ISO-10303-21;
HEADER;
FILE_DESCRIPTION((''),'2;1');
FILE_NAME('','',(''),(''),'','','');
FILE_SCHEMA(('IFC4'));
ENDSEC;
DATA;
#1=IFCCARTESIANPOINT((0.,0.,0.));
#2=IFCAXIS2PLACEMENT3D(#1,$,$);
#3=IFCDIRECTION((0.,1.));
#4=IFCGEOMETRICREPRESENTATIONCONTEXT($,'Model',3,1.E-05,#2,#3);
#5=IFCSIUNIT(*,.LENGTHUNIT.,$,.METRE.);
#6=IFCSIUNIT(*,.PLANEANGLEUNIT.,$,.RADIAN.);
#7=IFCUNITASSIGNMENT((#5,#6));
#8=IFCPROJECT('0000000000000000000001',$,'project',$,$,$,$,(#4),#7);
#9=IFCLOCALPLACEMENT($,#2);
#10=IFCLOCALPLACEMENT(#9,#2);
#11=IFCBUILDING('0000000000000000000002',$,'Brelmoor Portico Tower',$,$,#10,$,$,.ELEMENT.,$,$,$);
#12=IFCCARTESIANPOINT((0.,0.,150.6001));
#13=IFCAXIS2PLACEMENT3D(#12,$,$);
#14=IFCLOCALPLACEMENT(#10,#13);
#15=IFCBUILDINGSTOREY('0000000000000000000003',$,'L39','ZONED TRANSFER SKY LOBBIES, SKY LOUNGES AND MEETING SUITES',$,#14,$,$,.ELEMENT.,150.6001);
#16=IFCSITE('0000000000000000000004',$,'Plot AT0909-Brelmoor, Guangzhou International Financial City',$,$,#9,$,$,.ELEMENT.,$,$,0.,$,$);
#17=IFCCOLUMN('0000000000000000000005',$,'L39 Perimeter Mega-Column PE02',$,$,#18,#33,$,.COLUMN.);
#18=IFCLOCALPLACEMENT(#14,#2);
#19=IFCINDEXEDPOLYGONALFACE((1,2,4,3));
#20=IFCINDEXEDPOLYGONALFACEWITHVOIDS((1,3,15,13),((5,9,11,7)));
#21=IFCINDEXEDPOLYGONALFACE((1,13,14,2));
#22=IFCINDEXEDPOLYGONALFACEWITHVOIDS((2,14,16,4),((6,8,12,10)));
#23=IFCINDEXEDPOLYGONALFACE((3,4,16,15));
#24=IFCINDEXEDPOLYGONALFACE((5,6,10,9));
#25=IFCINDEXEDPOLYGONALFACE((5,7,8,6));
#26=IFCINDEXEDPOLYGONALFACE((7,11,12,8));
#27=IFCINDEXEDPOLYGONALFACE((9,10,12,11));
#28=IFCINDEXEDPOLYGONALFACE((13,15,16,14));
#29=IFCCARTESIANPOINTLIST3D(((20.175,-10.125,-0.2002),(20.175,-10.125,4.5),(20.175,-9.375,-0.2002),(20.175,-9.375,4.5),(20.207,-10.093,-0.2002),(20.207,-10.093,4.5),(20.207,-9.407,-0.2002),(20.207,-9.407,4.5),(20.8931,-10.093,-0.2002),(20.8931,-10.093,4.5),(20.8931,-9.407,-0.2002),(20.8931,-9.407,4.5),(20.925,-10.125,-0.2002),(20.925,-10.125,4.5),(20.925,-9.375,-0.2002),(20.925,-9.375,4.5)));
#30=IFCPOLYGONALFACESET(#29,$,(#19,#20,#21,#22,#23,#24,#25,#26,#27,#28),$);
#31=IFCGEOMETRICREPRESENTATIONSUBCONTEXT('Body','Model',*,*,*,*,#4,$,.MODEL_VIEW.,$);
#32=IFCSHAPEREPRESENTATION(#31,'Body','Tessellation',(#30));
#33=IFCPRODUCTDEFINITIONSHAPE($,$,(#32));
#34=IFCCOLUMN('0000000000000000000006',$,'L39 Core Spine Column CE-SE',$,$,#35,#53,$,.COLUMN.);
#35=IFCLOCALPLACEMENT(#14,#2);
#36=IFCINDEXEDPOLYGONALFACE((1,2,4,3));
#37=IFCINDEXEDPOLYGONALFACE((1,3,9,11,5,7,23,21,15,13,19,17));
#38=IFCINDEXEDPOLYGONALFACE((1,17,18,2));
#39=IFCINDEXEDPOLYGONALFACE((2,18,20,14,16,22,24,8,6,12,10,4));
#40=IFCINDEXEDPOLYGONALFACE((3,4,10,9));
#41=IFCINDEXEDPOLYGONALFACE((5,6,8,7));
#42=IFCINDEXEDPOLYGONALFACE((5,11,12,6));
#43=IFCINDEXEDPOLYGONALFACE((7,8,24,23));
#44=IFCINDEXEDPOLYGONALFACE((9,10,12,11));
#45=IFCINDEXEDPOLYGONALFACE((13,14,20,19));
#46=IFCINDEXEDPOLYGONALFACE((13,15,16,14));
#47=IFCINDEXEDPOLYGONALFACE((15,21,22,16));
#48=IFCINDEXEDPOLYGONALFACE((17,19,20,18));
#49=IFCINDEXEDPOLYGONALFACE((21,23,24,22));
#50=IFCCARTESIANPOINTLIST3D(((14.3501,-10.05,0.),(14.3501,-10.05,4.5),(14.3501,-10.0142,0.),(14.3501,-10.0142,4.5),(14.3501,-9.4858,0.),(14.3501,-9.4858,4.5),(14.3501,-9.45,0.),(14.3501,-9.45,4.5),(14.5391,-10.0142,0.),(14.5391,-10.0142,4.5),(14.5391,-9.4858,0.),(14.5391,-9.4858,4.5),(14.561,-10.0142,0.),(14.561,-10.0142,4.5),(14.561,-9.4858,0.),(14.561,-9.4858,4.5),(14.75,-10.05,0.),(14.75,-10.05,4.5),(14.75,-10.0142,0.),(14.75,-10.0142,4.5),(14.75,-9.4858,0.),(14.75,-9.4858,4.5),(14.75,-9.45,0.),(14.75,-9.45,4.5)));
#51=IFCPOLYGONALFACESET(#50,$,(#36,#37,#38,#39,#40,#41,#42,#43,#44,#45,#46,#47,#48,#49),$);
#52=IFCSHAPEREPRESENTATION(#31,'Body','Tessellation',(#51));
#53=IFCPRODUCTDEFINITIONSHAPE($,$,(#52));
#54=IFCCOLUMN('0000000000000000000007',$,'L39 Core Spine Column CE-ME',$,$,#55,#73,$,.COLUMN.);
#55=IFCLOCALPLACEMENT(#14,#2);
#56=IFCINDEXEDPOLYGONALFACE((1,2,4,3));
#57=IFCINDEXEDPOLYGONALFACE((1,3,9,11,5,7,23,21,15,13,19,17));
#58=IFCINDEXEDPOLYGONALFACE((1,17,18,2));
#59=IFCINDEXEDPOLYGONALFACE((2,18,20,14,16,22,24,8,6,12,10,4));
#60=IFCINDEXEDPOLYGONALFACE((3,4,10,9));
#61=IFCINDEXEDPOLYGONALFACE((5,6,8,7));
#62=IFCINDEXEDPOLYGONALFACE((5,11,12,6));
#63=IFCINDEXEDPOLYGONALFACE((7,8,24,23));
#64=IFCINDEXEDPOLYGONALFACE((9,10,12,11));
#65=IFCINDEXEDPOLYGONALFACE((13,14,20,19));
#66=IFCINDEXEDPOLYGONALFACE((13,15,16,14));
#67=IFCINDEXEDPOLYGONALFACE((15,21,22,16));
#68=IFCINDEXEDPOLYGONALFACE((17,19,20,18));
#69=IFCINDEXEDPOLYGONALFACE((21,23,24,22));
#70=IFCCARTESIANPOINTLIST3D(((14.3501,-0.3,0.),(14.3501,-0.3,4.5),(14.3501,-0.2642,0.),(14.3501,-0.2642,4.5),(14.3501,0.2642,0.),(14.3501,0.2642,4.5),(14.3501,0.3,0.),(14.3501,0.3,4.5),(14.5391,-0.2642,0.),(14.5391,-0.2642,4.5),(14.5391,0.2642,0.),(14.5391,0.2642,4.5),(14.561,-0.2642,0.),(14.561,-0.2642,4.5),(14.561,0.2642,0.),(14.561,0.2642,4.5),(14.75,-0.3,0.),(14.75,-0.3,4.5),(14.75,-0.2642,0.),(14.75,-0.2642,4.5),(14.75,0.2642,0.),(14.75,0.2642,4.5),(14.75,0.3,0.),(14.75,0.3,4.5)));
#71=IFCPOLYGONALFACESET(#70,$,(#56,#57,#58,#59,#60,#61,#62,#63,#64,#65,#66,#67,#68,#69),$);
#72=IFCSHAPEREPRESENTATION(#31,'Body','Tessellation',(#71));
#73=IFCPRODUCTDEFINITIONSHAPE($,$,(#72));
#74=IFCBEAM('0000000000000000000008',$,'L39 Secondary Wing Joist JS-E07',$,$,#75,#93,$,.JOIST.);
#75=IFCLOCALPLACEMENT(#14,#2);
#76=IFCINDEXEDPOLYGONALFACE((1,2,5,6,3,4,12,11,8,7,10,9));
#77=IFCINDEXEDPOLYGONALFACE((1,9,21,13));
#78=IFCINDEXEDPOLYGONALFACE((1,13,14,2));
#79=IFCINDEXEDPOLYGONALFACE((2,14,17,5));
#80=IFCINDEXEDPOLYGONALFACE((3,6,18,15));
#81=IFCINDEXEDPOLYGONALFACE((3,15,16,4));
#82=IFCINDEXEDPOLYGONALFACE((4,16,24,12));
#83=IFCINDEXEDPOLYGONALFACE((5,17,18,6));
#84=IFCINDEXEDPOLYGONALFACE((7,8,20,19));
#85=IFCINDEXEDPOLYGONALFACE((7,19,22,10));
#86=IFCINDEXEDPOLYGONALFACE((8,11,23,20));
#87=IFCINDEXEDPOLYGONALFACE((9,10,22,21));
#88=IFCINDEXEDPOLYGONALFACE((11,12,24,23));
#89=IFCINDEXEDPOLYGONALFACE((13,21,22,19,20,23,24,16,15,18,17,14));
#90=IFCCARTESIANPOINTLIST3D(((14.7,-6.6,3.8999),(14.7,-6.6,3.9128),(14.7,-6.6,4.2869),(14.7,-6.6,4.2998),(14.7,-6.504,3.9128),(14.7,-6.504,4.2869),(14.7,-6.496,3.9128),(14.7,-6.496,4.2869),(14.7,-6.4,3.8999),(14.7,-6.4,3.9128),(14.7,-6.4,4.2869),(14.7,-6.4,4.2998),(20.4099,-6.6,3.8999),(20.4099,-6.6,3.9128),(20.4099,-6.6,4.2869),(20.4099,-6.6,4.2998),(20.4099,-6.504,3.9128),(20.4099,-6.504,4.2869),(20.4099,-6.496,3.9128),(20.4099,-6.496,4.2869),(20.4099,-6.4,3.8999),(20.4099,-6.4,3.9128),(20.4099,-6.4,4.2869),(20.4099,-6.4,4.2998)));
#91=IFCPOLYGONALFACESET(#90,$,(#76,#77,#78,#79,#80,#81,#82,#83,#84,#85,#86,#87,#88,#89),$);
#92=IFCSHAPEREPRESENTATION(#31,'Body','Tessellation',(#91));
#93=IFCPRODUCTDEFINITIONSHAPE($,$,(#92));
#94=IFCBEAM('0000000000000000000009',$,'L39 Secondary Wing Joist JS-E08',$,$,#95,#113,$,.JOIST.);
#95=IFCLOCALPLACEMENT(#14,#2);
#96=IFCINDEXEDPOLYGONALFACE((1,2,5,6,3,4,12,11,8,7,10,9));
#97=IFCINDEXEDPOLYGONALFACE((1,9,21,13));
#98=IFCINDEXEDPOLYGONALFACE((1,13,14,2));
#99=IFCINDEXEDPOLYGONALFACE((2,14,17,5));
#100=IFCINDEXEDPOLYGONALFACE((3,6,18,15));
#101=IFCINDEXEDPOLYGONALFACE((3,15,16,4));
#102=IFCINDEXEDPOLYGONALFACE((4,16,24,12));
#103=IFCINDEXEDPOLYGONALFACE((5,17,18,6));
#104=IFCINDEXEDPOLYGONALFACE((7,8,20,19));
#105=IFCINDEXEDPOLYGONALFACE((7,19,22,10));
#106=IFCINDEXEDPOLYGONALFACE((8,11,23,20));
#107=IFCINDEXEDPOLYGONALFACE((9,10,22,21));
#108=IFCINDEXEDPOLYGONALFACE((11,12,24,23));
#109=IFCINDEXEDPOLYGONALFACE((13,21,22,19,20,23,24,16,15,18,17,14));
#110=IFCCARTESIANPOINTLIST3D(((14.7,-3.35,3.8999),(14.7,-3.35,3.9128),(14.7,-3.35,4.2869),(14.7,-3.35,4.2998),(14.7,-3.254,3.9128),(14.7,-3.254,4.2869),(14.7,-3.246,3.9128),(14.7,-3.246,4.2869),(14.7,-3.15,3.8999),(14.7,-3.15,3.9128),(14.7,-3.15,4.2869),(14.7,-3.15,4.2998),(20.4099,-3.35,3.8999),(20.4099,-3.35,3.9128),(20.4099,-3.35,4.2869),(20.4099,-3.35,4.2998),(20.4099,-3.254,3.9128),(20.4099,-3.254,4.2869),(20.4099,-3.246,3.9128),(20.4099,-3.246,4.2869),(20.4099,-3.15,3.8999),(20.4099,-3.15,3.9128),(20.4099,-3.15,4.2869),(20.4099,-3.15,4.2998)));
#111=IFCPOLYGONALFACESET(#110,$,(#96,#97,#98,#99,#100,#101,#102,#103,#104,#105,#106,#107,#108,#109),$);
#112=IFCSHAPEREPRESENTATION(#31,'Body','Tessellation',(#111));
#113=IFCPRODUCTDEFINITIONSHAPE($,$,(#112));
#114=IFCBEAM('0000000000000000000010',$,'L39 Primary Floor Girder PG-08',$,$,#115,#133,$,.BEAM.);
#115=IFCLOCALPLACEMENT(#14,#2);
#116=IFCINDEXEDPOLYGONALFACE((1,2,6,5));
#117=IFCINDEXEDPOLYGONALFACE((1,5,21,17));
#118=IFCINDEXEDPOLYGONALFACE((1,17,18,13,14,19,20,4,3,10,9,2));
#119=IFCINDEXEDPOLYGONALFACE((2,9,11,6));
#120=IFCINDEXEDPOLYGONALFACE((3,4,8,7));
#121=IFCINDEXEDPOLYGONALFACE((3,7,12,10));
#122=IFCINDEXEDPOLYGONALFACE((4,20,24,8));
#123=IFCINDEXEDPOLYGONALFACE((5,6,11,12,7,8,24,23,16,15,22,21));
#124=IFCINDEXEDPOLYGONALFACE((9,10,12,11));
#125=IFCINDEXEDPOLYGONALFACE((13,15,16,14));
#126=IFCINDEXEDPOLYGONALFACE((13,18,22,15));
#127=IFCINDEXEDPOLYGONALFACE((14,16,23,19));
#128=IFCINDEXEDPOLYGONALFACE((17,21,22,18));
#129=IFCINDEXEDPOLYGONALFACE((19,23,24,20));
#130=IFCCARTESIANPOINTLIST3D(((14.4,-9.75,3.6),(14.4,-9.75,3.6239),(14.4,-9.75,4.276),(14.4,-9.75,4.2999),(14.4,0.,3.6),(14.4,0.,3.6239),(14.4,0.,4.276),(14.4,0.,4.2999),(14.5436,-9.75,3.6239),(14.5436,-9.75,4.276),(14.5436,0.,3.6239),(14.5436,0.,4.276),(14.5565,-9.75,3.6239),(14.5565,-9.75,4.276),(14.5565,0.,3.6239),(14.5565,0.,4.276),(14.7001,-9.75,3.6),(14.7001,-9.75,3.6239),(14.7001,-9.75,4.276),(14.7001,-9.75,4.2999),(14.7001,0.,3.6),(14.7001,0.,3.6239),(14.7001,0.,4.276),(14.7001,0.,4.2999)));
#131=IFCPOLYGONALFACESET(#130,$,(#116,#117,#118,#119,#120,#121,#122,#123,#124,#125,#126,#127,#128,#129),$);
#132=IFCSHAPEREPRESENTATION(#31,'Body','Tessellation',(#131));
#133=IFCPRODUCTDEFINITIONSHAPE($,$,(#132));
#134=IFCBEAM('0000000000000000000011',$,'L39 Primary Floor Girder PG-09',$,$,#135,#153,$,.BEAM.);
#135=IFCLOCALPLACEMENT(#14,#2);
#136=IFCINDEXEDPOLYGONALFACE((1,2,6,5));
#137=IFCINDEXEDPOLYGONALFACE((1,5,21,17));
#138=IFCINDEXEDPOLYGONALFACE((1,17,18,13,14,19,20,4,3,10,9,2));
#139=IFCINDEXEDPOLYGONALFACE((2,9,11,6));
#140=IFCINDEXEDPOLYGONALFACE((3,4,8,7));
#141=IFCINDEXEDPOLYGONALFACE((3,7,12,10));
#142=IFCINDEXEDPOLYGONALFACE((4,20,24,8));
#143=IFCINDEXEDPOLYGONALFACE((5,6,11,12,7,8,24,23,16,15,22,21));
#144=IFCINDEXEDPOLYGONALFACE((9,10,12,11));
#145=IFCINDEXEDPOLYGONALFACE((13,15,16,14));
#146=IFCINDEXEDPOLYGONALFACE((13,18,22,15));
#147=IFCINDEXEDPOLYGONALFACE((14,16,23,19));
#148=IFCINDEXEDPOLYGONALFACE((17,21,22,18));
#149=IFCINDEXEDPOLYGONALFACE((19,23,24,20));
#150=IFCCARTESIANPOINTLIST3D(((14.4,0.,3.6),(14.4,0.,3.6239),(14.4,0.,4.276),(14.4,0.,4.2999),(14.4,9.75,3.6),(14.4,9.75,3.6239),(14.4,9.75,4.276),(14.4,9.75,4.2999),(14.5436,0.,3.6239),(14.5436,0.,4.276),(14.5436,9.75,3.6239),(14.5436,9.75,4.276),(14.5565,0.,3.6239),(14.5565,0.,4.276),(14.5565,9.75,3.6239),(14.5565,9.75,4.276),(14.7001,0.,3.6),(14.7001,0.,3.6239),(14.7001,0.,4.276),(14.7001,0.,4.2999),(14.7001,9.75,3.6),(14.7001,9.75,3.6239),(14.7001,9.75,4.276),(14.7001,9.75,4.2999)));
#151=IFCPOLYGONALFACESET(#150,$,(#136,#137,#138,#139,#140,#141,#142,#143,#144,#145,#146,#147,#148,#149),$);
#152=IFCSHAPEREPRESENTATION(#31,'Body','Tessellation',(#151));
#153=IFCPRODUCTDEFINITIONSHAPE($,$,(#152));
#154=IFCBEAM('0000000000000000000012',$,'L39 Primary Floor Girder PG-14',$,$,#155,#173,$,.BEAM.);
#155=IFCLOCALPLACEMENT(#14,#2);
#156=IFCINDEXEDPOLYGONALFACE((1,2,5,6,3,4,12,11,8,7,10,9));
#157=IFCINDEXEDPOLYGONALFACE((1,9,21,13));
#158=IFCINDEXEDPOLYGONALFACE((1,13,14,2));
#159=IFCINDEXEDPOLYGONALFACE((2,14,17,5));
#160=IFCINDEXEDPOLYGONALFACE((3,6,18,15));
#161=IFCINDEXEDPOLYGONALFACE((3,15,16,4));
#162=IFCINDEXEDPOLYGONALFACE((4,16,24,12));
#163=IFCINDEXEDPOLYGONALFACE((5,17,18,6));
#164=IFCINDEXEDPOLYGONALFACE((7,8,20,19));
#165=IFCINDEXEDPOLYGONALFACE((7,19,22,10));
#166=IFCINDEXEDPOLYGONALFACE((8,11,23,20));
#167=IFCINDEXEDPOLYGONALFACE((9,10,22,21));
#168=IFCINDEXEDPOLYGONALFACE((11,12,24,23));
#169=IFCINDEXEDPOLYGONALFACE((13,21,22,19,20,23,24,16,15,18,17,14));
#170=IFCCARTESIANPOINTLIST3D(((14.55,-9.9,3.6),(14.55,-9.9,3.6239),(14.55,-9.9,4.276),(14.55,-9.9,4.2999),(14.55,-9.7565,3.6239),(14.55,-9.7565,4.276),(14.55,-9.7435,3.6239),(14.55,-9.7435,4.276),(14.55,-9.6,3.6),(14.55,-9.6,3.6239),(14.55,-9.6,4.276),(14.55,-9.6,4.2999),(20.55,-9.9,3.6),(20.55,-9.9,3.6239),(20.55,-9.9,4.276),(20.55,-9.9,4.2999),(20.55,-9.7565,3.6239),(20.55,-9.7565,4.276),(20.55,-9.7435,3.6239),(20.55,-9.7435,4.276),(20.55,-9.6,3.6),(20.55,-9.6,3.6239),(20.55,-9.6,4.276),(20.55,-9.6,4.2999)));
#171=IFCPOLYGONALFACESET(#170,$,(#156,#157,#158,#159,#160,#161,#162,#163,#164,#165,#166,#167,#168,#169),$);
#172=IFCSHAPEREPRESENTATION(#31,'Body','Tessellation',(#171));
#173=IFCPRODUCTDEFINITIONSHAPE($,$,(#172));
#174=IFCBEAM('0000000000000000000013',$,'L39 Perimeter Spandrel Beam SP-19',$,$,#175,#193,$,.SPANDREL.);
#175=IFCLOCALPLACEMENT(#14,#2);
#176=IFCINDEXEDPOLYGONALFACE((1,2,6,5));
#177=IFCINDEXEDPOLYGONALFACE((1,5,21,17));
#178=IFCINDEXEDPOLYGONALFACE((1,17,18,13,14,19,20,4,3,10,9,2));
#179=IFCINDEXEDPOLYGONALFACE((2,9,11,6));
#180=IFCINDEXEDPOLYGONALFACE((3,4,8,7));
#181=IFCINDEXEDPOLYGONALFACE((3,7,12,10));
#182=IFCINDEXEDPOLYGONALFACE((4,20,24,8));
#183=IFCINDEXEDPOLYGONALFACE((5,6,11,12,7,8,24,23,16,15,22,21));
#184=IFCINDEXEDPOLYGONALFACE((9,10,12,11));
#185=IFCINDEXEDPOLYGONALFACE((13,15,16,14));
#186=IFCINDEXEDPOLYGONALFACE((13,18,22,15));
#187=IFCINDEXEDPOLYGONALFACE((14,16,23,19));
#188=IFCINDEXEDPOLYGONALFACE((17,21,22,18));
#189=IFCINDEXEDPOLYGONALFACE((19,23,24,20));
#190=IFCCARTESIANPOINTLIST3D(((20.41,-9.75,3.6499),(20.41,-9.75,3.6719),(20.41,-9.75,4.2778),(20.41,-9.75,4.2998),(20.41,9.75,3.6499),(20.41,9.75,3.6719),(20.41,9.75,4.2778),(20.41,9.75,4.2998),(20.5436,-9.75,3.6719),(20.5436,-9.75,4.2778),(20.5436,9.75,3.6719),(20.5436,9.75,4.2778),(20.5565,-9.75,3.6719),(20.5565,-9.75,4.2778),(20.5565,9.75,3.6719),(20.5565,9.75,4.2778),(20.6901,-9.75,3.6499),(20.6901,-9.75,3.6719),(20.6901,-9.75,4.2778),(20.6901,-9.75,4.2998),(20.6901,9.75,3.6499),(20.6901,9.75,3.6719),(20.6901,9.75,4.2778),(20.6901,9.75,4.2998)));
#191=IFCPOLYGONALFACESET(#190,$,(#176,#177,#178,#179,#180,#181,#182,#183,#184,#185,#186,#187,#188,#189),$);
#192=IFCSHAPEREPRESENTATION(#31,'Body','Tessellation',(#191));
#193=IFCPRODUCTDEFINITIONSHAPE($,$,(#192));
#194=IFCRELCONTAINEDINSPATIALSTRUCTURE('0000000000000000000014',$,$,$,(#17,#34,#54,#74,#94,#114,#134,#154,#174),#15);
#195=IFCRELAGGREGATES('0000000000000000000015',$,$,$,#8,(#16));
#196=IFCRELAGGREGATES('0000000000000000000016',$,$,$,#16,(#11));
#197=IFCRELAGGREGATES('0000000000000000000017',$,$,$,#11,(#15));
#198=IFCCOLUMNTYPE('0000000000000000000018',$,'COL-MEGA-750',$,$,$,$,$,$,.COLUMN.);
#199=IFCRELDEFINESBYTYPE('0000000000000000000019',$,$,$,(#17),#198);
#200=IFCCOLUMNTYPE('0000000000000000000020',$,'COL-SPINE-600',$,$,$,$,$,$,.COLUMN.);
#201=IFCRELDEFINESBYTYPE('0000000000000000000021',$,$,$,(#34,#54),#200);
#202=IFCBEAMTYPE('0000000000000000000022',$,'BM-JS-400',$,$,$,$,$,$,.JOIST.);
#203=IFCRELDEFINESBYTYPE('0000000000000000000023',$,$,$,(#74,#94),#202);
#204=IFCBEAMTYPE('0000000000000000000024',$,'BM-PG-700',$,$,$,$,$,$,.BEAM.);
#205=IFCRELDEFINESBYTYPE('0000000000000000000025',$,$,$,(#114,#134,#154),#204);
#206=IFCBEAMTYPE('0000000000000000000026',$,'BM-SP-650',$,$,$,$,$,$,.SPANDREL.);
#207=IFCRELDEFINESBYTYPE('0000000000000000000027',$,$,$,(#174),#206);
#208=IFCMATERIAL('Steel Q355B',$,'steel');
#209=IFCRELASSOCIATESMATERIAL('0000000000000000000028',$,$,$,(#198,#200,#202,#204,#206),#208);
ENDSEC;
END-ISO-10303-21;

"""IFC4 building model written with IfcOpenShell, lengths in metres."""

from ifc_helpers import new_model, si_unit, direction, frame, origin, origin_2d, place, context, subcontext, project, spatial, hollow_rectangle, i_section, extrude, material, material_profile, profile_set, type_object, element, save


model = new_model("IFC4")

# Units and contexts
model_context = context("Model", 3, precision=1e-05, world=origin(), true_north=direction((0.0, 1.0)))
body_context = subcontext(model_context, "Body", "Model", "MODEL_VIEW")
ifc_project = project(units=[si_unit("LENGTHUNIT", "METRE"), si_unit("PLANEANGLEUNIT", "RADIAN")], contexts=[model_context])

# Site, building, storey
site_placement = place(None, origin())
site = spatial("IfcSite", under=ifc_project, at=site_placement, Name="Plot AT0909-Brelmoor, Guangzhou International Financial City", CompositionType="ELEMENT", RefElevation=0.0)
building_placement = place(site_placement, origin())
building = spatial("IfcBuilding", under=site, at=building_placement, Name="Brelmoor Portico Tower", CompositionType="ELEMENT")
storey_placement = place(building_placement, frame((0.0, 0.0, 150.6001)))
storey = spatial("IfcBuildingStorey", under=building, at=storey_placement, Name="L39", Description="ZONED TRANSFER SKY LOBBIES, SKY LOUNGES AND MEETING SUITES", CompositionType="ELEMENT", Elevation=150.6001)

# Columns
ifc_material_1 = material(Name="Steel Q355B", Category="steel")
ifc_material_profile_1 = material_profile(ifc_material_1, hollow_rectangle(XDim=0.75, YDim=0.75, WallThickness=0.032, at=origin_2d()), Name="BOX 750x750x32")
ifc_profile_set_1 = profile_set([ifc_material_profile_1], Name="Steel Q355B")
column_type_1 = type_object("IfcColumnType", Name="COL-MEGA-750", PredefinedType="COLUMN", material=ifc_profile_set_1)
column_placement = place(storey_placement, frame((20.55, -9.75, -0.2002), z_axis=(0.0, 0.0, 1.0), x_axis=(0.0, 1.0, 0.0)))
element("IfcColumn", 1, at=column_placement, inside=storey, type_object=column_type_1, Name="L39 Perimeter Mega-Column PE02", PredefinedType="COLUMN", context=body_context, shape_type="SweptSolid", body=[
    extrude(hollow_rectangle(XDim=0.75, YDim=0.75, WallThickness=0.032, at=origin_2d()), origin(), (0.0, 0.0, 1.0), 4.7002),
])
ifc_material_profile_2 = material_profile(ifc_material_1, i_section(OverallWidth=0.3999, OverallDepth=0.6001, WebThickness=0.022, FlangeThickness=0.0359, at=origin_2d()), Name="HW 600x400x22x36")
ifc_profile_set_2 = profile_set([ifc_material_profile_2], Name="Steel Q355B")
column_type_2 = type_object("IfcColumnType", Name="COL-SPINE-600", PredefinedType="COLUMN", material=ifc_profile_set_2)
for number, where, z_axis, x_axis, name in (
    (2, (14.55, -9.75, 0.0), (0.0, 0.0, 1.0), (1.0, 0.0, 0.0), "L39 Core Spine Column CE-SE"),
    (3, (14.55, 0.0, 0.0), (0.0, 0.0, 1.0), (1.0, 0.0, 0.0), "L39 Core Spine Column CE-ME"),
):
    element("IfcColumn", number, at=place(storey_placement, frame(where, z_axis=z_axis, x_axis=x_axis)), inside=storey, type_object=column_type_2, Name=name, PredefinedType="COLUMN", context=body_context, shape_type="SweptSolid", body=[
        extrude(i_section(OverallWidth=0.3999, OverallDepth=0.6001, WebThickness=0.022, FlangeThickness=0.0359, at=origin_2d()), origin(), (0.0, 0.0, 1.0), 4.5),
    ])

# Beams
ifc_material_profile_3 = material_profile(ifc_material_1, i_section(OverallWidth=0.2, OverallDepth=0.3999, WebThickness=0.0081, FlangeThickness=0.0129, at=origin_2d()), Name="HN 400x200x8x13")
ifc_profile_set_3 = profile_set([ifc_material_profile_3], Name="Steel Q355B")
beam_type_1 = type_object("IfcBeamType", Name="BM-JS-400", PredefinedType="JOIST", material=ifc_profile_set_3)
for number, where, z_axis, x_axis, name in (
    (4, (14.7, -6.5, 4.0999), (1.0, 0.0, 0.0), (0.0, 1.0, 0.0), "L39 Secondary Wing Joist JS-E07"),
    (5, (14.7, -3.25, 4.0999), (1.0, 0.0, 0.0), (0.0, 1.0, 0.0), "L39 Secondary Wing Joist JS-E08"),
):
    element("IfcBeam", number, at=place(storey_placement, frame(where, z_axis=z_axis, x_axis=x_axis)), inside=storey, type_object=beam_type_1, Name=name, PredefinedType="JOIST", context=body_context, shape_type="SweptSolid", body=[
        extrude(i_section(OverallWidth=0.2, OverallDepth=0.3999, WebThickness=0.0081, FlangeThickness=0.0129, at=origin_2d()), origin(), (0.0, 0.0, 1.0), 5.71),
    ])
ifc_material_profile_4 = material_profile(ifc_material_1, i_section(OverallWidth=0.3, OverallDepth=0.7, WebThickness=0.0129, FlangeThickness=0.0239, at=origin_2d()), Name="HN 700x300x13x24")
ifc_profile_set_4 = profile_set([ifc_material_profile_4], Name="Steel Q355B")
beam_type_2 = type_object("IfcBeamType", Name="BM-PG-700", PredefinedType="BEAM", material=ifc_profile_set_4)
for number, where, z_axis, x_axis, name in (
    (6, (14.55, -9.75, 3.95), (0.0, 1.0, 0.0), (-1.0, 0.0, 0.0), "L39 Primary Floor Girder PG-08"),
    (7, (14.55, 0.0, 3.95), (0.0, 1.0, 0.0), (-1.0, 0.0, 0.0), "L39 Primary Floor Girder PG-09"),
):
    element("IfcBeam", number, at=place(storey_placement, frame(where, z_axis=z_axis, x_axis=x_axis)), inside=storey, type_object=beam_type_2, Name=name, PredefinedType="BEAM", context=body_context, shape_type="SweptSolid", body=[
        extrude(i_section(OverallWidth=0.3, OverallDepth=0.7, WebThickness=0.0129, FlangeThickness=0.0239, at=origin_2d()), origin(), (0.0, 0.0, 1.0), 9.75),
    ])
beam_1_placement = place(storey_placement, frame((14.55, -9.75, 3.95), z_axis=(1.0, 0.0, 0.0), x_axis=(0.0, 1.0, 0.0)))
element("IfcBeam", 8, at=beam_1_placement, inside=storey, type_object=beam_type_2, Name="L39 Primary Floor Girder PG-14", PredefinedType="BEAM", context=body_context, shape_type="SweptSolid", body=[
    extrude(i_section(OverallWidth=0.3, OverallDepth=0.7, WebThickness=0.0129, FlangeThickness=0.0239, at=origin_2d()), origin(), (0.0, 0.0, 1.0), 6.0),
])
ifc_material_profile_5 = material_profile(ifc_material_1, i_section(OverallWidth=0.28, OverallDepth=0.6499, WebThickness=0.0129, FlangeThickness=0.022, at=origin_2d()), Name="HN 650x280x13x22")
ifc_profile_set_5 = profile_set([ifc_material_profile_5], Name="Steel Q355B")
beam_type_3 = type_object("IfcBeamType", Name="BM-SP-650", PredefinedType="SPANDREL", material=ifc_profile_set_5)
beam_2_placement = place(storey_placement, frame((20.55, -9.75, 3.9749), z_axis=(0.0, 1.0, 0.0), x_axis=(-1.0, 0.0, 0.0)))
element("IfcBeam", 9, at=beam_2_placement, inside=storey, type_object=beam_type_3, Name="L39 Perimeter Spandrel Beam SP-19", PredefinedType="SPANDREL", context=body_context, shape_type="SweptSolid", body=[
    extrude(i_section(OverallWidth=0.28, OverallDepth=0.6499, WebThickness=0.0129, FlangeThickness=0.022, at=origin_2d()), origin(), (0.0, 0.0, 1.0), 19.5),
])

save(model, "model.ifc")
